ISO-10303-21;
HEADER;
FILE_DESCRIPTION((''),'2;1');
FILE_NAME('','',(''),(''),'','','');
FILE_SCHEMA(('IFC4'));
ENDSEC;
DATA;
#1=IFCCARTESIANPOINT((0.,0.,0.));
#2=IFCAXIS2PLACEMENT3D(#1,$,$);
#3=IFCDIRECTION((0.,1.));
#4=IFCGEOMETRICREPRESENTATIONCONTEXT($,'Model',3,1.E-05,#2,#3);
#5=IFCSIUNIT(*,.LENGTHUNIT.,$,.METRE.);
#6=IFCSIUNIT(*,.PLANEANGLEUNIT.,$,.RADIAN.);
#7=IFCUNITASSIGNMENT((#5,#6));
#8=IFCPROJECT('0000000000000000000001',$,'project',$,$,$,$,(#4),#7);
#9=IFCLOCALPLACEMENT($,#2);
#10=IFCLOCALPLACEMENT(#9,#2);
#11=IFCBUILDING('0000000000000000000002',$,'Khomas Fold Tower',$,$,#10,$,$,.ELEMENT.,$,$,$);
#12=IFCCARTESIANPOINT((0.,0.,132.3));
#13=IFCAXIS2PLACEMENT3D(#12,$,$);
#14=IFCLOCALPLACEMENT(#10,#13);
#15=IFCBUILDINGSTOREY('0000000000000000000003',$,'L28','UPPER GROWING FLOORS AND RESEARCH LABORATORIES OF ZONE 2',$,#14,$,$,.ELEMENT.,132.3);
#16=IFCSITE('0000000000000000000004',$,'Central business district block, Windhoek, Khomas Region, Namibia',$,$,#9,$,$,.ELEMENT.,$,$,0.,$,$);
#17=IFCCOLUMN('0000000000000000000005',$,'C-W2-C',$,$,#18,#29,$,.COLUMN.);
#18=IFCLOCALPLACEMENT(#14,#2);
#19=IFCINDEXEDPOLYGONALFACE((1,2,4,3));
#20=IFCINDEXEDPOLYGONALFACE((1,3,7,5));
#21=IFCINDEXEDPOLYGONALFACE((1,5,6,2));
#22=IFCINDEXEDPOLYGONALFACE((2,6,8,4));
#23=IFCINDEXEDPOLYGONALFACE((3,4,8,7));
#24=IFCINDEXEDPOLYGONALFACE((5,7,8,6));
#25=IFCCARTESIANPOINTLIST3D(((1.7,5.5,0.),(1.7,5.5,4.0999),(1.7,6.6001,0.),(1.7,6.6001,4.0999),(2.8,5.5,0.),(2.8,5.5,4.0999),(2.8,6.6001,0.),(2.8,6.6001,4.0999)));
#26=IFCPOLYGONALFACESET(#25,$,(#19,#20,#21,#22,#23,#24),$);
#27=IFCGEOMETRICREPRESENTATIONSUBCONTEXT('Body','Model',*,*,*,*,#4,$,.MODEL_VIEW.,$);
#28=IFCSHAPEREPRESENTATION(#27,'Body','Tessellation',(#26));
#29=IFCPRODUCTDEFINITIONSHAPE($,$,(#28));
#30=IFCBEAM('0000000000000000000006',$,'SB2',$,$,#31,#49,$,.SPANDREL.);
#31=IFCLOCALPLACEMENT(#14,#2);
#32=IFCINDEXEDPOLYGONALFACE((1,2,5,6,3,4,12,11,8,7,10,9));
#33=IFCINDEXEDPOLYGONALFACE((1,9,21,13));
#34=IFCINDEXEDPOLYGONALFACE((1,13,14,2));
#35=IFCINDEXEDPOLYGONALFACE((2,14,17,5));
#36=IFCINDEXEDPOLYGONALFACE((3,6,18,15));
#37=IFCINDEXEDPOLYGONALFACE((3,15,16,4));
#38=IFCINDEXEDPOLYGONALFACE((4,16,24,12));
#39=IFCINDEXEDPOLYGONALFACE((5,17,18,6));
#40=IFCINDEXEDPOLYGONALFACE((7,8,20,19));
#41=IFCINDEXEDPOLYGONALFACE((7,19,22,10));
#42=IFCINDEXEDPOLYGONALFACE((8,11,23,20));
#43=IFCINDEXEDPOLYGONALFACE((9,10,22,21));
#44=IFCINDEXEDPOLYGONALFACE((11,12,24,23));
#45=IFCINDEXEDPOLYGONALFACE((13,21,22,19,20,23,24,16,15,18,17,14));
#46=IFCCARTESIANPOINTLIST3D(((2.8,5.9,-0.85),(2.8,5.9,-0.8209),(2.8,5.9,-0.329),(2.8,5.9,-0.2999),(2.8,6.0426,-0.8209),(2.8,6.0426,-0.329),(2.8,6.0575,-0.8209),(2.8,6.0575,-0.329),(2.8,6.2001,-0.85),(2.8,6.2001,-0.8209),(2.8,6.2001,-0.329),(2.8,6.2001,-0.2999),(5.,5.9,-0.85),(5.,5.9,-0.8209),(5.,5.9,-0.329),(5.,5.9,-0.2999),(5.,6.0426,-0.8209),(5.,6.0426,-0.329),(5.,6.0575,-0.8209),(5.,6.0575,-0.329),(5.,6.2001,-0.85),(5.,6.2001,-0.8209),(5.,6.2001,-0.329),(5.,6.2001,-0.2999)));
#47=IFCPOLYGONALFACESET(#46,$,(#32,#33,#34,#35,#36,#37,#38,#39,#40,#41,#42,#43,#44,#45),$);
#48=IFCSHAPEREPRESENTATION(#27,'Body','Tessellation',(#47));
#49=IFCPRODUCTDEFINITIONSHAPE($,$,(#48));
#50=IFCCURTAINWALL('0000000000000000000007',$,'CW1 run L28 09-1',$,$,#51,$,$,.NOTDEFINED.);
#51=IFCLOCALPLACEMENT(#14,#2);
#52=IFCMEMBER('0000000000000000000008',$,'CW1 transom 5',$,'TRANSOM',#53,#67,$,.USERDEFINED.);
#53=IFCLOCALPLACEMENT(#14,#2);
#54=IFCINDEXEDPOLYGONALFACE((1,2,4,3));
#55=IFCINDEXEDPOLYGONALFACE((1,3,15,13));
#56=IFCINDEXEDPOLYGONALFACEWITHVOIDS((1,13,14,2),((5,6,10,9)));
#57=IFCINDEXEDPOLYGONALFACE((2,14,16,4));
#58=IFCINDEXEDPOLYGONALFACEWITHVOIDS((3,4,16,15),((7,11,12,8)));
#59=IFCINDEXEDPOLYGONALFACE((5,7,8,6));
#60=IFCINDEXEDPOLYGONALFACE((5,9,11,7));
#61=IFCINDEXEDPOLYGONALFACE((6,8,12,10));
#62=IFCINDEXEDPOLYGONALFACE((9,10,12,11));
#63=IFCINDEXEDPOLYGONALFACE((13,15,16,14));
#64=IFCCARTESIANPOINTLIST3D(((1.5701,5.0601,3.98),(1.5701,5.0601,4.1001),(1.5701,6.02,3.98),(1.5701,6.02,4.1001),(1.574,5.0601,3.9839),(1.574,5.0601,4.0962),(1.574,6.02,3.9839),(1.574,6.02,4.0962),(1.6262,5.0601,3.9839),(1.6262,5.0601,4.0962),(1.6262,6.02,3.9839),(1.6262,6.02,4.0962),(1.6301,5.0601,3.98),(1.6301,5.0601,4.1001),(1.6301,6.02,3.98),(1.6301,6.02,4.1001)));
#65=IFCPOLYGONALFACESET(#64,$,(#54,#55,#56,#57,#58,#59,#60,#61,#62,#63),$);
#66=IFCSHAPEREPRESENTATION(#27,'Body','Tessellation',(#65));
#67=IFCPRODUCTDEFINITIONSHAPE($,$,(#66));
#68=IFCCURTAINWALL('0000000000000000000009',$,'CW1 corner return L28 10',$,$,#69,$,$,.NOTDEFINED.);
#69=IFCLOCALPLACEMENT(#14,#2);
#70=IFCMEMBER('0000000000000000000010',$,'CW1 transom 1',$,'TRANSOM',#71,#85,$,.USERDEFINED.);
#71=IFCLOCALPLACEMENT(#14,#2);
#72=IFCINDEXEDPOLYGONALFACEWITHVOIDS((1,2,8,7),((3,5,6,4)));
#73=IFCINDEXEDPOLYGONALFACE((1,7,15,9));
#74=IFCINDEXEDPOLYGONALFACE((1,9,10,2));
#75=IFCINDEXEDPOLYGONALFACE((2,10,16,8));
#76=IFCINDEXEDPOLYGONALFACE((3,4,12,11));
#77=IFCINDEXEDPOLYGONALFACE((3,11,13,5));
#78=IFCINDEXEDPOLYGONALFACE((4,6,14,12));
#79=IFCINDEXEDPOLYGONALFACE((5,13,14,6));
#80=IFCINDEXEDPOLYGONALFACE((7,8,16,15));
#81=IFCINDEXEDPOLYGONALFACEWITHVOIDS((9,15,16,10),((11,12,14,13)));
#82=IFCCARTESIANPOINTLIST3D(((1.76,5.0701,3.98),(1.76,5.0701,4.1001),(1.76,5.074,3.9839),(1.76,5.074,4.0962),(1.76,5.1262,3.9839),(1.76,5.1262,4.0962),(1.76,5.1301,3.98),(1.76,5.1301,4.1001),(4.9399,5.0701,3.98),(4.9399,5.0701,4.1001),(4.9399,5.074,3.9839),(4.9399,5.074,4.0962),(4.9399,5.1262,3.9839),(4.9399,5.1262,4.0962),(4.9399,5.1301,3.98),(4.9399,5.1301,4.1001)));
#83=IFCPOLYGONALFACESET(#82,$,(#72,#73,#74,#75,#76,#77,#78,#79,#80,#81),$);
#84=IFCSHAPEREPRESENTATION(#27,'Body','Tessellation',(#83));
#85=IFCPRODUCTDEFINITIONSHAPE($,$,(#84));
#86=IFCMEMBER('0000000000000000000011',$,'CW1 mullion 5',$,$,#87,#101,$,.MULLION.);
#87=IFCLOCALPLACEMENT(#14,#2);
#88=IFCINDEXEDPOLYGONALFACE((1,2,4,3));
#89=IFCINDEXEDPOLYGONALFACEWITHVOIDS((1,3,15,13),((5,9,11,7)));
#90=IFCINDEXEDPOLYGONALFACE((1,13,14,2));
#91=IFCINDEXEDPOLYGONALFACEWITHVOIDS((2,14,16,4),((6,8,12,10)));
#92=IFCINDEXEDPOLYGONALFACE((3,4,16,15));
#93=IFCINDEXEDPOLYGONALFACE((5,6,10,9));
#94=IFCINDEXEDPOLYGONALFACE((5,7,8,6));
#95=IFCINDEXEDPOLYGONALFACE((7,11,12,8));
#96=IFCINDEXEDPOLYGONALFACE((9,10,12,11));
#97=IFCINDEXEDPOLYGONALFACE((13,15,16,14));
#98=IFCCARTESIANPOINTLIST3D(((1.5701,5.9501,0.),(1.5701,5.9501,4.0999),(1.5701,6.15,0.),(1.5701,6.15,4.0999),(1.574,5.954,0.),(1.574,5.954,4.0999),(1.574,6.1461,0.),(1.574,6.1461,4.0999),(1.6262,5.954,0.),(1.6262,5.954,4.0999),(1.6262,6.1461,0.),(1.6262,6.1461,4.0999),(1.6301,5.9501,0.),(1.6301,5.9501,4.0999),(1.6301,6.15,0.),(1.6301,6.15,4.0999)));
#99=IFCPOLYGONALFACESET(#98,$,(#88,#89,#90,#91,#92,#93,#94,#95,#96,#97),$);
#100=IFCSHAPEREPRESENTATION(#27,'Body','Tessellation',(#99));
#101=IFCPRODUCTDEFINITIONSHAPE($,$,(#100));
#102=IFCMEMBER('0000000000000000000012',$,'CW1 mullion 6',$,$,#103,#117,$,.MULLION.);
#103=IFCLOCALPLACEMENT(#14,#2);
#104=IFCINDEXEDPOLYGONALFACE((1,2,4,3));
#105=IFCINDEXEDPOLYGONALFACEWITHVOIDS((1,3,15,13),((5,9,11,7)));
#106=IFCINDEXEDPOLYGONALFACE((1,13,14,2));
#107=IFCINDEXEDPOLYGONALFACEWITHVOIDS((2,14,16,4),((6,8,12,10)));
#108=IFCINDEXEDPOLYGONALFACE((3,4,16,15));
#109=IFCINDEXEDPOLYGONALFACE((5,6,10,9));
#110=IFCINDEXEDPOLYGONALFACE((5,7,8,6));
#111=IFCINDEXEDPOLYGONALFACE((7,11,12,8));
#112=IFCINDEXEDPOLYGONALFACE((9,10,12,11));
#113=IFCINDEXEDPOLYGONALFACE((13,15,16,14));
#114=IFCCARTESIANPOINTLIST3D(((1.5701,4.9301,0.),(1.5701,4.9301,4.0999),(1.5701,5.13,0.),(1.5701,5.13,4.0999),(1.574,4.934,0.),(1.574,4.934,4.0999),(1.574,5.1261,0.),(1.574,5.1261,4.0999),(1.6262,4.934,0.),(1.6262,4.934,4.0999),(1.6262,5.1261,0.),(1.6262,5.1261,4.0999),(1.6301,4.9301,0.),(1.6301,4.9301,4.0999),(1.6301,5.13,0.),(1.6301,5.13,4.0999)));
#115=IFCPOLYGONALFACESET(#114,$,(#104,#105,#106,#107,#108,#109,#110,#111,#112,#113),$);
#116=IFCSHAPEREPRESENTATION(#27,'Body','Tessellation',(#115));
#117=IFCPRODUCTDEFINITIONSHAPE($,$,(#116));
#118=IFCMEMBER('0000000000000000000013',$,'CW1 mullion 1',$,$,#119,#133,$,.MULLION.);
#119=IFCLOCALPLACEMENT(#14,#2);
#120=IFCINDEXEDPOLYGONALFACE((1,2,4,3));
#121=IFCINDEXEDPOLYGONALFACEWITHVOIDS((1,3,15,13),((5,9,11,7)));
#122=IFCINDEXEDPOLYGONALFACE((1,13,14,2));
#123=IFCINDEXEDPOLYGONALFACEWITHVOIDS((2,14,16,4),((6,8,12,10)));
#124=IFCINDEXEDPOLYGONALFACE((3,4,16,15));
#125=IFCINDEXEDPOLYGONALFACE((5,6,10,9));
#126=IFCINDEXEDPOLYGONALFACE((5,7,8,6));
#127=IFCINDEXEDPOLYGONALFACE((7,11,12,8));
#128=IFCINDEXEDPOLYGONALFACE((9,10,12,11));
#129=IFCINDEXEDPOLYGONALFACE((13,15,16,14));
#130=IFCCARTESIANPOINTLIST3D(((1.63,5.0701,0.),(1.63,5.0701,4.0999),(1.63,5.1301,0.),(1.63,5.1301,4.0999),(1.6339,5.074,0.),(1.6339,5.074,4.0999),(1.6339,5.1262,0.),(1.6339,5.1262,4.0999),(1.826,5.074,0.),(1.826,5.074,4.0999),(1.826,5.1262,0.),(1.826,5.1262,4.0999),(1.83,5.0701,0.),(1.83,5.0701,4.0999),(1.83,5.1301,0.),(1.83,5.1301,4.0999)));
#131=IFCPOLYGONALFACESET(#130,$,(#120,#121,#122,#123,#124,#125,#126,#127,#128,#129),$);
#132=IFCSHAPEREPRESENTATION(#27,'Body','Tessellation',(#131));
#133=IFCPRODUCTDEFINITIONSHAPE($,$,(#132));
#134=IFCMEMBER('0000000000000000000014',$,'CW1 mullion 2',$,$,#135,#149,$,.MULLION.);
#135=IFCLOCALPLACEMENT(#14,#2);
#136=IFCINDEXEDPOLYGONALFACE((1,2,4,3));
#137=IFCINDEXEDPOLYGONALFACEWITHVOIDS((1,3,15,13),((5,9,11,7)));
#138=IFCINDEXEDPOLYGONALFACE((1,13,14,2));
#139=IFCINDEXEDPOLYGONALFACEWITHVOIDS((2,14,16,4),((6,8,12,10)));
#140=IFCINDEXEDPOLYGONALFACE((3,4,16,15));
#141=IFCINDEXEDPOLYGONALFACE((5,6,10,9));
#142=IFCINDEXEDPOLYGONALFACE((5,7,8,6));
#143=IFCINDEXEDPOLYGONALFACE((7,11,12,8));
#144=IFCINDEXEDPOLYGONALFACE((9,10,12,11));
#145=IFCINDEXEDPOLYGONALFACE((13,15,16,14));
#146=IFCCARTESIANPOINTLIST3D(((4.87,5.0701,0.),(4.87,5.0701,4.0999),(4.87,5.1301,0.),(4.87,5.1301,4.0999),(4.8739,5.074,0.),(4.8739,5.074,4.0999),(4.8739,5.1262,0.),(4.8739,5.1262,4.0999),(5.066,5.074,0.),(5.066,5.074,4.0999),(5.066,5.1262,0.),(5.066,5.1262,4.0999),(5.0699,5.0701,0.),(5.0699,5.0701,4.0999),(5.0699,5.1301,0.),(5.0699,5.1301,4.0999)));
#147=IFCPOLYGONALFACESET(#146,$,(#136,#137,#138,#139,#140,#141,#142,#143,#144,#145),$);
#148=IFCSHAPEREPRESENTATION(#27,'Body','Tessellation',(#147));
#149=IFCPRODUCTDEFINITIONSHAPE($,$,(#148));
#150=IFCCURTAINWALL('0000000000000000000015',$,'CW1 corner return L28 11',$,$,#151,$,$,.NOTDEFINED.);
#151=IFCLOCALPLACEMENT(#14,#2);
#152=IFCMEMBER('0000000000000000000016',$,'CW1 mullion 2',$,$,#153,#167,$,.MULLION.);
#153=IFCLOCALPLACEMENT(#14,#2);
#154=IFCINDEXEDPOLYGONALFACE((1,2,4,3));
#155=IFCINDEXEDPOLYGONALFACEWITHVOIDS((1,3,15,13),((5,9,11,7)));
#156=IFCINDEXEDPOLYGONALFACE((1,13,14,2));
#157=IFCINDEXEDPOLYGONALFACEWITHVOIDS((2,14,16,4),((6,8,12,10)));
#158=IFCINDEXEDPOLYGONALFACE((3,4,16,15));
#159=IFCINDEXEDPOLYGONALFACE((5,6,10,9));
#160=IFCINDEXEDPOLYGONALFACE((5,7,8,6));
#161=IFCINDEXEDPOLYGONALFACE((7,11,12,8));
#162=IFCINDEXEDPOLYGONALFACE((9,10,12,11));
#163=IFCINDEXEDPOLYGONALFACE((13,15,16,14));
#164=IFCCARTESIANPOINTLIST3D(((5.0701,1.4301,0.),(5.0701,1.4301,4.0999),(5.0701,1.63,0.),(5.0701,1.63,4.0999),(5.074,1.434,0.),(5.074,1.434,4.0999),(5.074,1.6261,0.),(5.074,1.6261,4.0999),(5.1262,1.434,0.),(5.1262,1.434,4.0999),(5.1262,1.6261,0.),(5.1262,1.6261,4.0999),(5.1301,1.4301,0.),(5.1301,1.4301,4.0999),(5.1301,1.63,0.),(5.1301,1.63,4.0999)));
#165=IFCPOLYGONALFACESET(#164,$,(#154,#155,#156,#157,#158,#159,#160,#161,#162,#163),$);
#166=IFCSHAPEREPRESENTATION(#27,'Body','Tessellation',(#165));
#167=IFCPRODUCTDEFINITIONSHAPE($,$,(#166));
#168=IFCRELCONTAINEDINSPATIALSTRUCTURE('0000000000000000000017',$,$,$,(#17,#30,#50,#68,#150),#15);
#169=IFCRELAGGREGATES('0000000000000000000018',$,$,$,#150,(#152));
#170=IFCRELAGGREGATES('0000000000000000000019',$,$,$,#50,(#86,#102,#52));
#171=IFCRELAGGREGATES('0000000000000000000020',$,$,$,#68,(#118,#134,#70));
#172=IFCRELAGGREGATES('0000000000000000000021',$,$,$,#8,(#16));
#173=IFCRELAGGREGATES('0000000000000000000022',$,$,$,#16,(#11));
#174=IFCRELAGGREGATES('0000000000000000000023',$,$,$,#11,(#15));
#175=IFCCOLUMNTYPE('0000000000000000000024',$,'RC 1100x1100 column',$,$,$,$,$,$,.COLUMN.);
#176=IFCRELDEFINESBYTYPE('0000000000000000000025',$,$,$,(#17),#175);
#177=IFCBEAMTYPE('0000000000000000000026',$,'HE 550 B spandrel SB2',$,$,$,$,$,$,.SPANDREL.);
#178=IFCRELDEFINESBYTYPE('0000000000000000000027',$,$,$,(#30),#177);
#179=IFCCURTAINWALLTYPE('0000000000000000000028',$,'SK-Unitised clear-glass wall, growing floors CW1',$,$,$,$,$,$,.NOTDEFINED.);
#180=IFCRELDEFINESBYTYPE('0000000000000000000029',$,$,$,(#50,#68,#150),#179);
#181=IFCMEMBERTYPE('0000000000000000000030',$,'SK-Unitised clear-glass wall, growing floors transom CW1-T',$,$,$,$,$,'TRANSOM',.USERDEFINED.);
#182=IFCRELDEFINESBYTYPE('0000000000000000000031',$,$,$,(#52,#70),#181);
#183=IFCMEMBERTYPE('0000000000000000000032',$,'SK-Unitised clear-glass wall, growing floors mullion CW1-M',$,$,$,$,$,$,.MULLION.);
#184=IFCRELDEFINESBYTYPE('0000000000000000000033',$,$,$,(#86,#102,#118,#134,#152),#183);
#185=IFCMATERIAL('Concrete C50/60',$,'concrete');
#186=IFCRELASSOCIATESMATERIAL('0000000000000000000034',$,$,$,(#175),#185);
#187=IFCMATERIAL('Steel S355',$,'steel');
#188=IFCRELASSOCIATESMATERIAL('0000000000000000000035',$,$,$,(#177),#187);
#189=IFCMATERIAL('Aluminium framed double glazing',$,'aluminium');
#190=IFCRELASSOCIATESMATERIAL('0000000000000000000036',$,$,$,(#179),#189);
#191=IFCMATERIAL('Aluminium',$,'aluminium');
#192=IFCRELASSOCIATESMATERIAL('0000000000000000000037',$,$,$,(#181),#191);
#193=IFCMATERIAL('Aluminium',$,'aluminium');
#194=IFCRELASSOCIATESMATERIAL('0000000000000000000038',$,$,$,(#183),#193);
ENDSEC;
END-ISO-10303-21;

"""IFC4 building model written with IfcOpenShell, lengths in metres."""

from ifc_helpers import new_model, si_unit, direction, frame, origin, origin_2d, place, context, subcontext, project, spatial, rectangle, hollow_rectangle, i_section, extrude, source, transform, mapped, material, material_profile, profile_set, type_object, element, aggregate, save


model = new_model("IFC4")

# Units and contexts
model_context = context("Model", 3, precision=1e-05, world=origin(), true_north=direction((0.0, 1.0)))
body_context = subcontext(model_context, "Body", "Model", "MODEL_VIEW")
ifc_project = project(units=[si_unit("LENGTHUNIT", "METRE"), si_unit("PLANEANGLEUNIT", "RADIAN")], contexts=[model_context])

# Site, building, storey
site_placement = place(None, origin())
site = spatial("IfcSite", under=ifc_project, at=site_placement, Name="Central business district block, Windhoek, Khomas Region, Namibia", CompositionType="ELEMENT", RefElevation=0.0)
building_placement = place(site_placement, origin())
building = spatial("IfcBuilding", under=site, at=building_placement, Name="Khomas Fold Tower", CompositionType="ELEMENT")
storey_placement = place(building_placement, frame((0.0, 0.0, 132.3)))
storey = spatial("IfcBuildingStorey", under=building, at=storey_placement, Name="L28", Description="UPPER GROWING FLOORS AND RESEARCH LABORATORIES OF ZONE 2", CompositionType="ELEMENT", Elevation=132.3)

# Column
ifc_material_1 = material(Name="Concrete C50/60", Category="concrete")
ifc_material_profile_1 = material_profile(ifc_material_1, rectangle(XDim=1.1001, YDim=1.1001, at=origin_2d()), Name="RC 1100x1100")
ifc_profile_set_1 = profile_set([ifc_material_profile_1], Name="Concrete C50/60")
column_type = type_object("IfcColumnType", Name="RC 1100x1100 column", PredefinedType="COLUMN", material=ifc_profile_set_1)
shared_shape_1 = source(origin(), body_context, "Body", "SweptSolid", [
    extrude(rectangle(XDim=1.1001, YDim=1.1001, at=origin_2d()), origin(), (0.0, 0.0, 1.0), 4.0999),
])
column_placement = place(storey_placement, frame((2.25, 6.05, 0.0), z_axis=(0.0, 0.0, 1.0), x_axis=(1.0, 0.0, 0.0)))
element("IfcColumn", 1, at=column_placement, inside=storey, type_object=column_type, Name="C-W2-C", PredefinedType="COLUMN", context=body_context, shape_type="MappedRepresentation", body=[
    mapped(shared_shape_1, transform((0.0, 0.0, 0.0))),
])

# Beam
ifc_material_2 = material(Name="Steel S355", Category="steel")
ifc_material_profile_2 = material_profile(ifc_material_2, i_section(OverallWidth=0.3, OverallDepth=0.55, WebThickness=0.0149, FlangeThickness=0.0291, at=origin_2d()), Name="HE 550 B")
ifc_profile_set_2 = profile_set([ifc_material_profile_2], Name="Steel S355")
beam_type = type_object("IfcBeamType", Name="HE 550 B spandrel SB2", PredefinedType="SPANDREL", material=ifc_profile_set_2)
shared_shape_2 = source(origin(), body_context, "Body", "SweptSolid", [
    extrude(i_section(OverallWidth=0.3, OverallDepth=0.55, WebThickness=0.0149, FlangeThickness=0.0291, at=origin_2d()), origin(), (0.0, 0.0, 1.0), 2.2),
])
beam_placement = place(storey_placement, frame((2.8, 6.05, -0.575), z_axis=(1.0, 0.0, 0.0), x_axis=(0.0, 1.0, 0.0)))
element("IfcBeam", 2, at=beam_placement, inside=storey, type_object=beam_type, Name="SB2", PredefinedType="SPANDREL", context=body_context, shape_type="MappedRepresentation", body=[
    mapped(shared_shape_2, transform((0.0, 0.0, 0.0))),
])

# Curtain walls, members
ifc_material_3 = material(Name="Aluminium framed double glazing", Category="aluminium")
curtain_wall_type = type_object("IfcCurtainWallType", Name="SK-Unitised clear-glass wall, growing floors CW1", PredefinedType="NOTDEFINED", material=ifc_material_3)
curtain_wall_1_placement = place(storey_placement, origin())
curtain_wall_1 = element("IfcCurtainWall", 3, at=curtain_wall_1_placement, inside=storey, type_object=curtain_wall_type, Name="CW1 run L28 09-1", PredefinedType="NOTDEFINED")
ifc_material_4 = material(Name="Aluminium", Category="aluminium")
ifc_material_profile_3 = material_profile(ifc_material_4, hollow_rectangle(XDim=0.0601, YDim=0.1201, WallThickness=0.0039, at=origin_2d()), Name="SK-Unitised clear-glass wall, growing floors transom CW1-T")
ifc_profile_set_3 = profile_set([ifc_material_profile_3], Name="Aluminium")
member_type_1 = type_object("IfcMemberType", Name="SK-Unitised clear-glass wall, growing floors transom CW1-T", ElementType="TRANSOM", PredefinedType="USERDEFINED", material=ifc_profile_set_3)
shared_shape_3 = source(origin(), body_context, "Body", "SweptSolid", [
    extrude(hollow_rectangle(XDim=0.0601, YDim=0.1201, WallThickness=0.0039, at=origin_2d()), origin(), (0.0, 0.0, 1.0), 0.96),
])
member_1_placement = place(storey_placement, frame((1.6001, 6.02, 4.04), z_axis=(0.0, -1.0, 0.0), x_axis=(1.0, 0.0, 0.0)))
member_1 = element("IfcMember", 4, at=member_1_placement, type_object=member_type_1, Name="CW1 transom 5", ObjectType="TRANSOM", PredefinedType="USERDEFINED", context=body_context, shape_type="MappedRepresentation", body=[
    mapped(shared_shape_3, transform((0.0, 0.0, 0.0))),
])
curtain_wall_2_placement = place(storey_placement, origin())
curtain_wall_2 = element("IfcCurtainWall", 5, at=curtain_wall_2_placement, inside=storey, type_object=curtain_wall_type, Name="CW1 corner return L28 10", PredefinedType="NOTDEFINED")
shared_shape_4 = source(origin(), body_context, "Body", "SweptSolid", [
    extrude(hollow_rectangle(XDim=0.0601, YDim=0.1201, WallThickness=0.0039, at=origin_2d()), origin(), (0.0, 0.0, 1.0), 3.1799),
])
member_2_placement = place(storey_placement, frame((1.76, 5.1001, 4.04), z_axis=(1.0, 0.0, 0.0), x_axis=(0.0, 1.0, 0.0)))
member_2 = element("IfcMember", 6, at=member_2_placement, type_object=member_type_1, Name="CW1 transom 1", ObjectType="TRANSOM", PredefinedType="USERDEFINED", context=body_context, shape_type="MappedRepresentation", body=[
    mapped(shared_shape_4, transform((0.0, 0.0, 0.0))),
])

# Members
ifc_material_5 = material(Name="Aluminium", Category="aluminium")
ifc_material_profile_4 = material_profile(ifc_material_5, hollow_rectangle(XDim=0.0601, YDim=0.2, WallThickness=0.0039, at=origin_2d()), Name="SK-Unitised clear-glass wall, growing floors mullion CW1-M")
ifc_profile_set_4 = profile_set([ifc_material_profile_4], Name="Aluminium")
member_type_2 = type_object("IfcMemberType", Name="SK-Unitised clear-glass wall, growing floors mullion CW1-M", PredefinedType="MULLION", material=ifc_profile_set_4)
shared_shape_5 = source(origin(), body_context, "Body", "SweptSolid", [
    extrude(hollow_rectangle(XDim=0.0601, YDim=0.2, WallThickness=0.0039, at=origin_2d()), origin(), (0.0, 0.0, 1.0), 4.0999),
])
member_3_placement = place(storey_placement, frame((1.6001, 6.05, 0.0), z_axis=(0.0, 0.0, 1.0), x_axis=(1.0, 0.0, 0.0)))
member_3 = element("IfcMember", 7, at=member_3_placement, type_object=member_type_2, Name="CW1 mullion 5", PredefinedType="MULLION", context=body_context, shape_type="MappedRepresentation", body=[
    mapped(shared_shape_5, transform((0.0, 0.0, 0.0))),
])
member_4_placement = place(storey_placement, frame((1.6001, 5.03, 0.0), z_axis=(0.0, 0.0, 1.0), x_axis=(1.0, 0.0, 0.0)))
member_4 = element("IfcMember", 8, at=member_4_placement, type_object=member_type_2, Name="CW1 mullion 6", PredefinedType="MULLION", context=body_context, shape_type="MappedRepresentation", body=[
    mapped(shared_shape_5, transform((0.0, 0.0, 0.0))),
])
member_5_placement = place(storey_placement, frame((1.73, 5.1001, 0.0), z_axis=(0.0, 0.0, 1.0), x_axis=(0.0, 1.0, 0.0)))
member_5 = element("IfcMember", 9, at=member_5_placement, type_object=member_type_2, Name="CW1 mullion 1", PredefinedType="MULLION", context=body_context, shape_type="MappedRepresentation", body=[
    mapped(shared_shape_5, transform((0.0, 0.0, 0.0))),
])
member_6_placement = place(storey_placement, frame((4.97, 5.1001, 0.0), z_axis=(0.0, 0.0, 1.0), x_axis=(0.0, 1.0, 0.0)))
member_6 = element("IfcMember", 10, at=member_6_placement, type_object=member_type_2, Name="CW1 mullion 2", PredefinedType="MULLION", context=body_context, shape_type="MappedRepresentation", body=[
    mapped(shared_shape_5, transform((0.0, 0.0, 0.0))),
])

# Curtain wall, member
curtain_wall_3_placement = place(storey_placement, origin())
curtain_wall_3 = element("IfcCurtainWall", 11, at=curtain_wall_3_placement, inside=storey, type_object=curtain_wall_type, Name="CW1 corner return L28 11", PredefinedType="NOTDEFINED")
member_7_placement = place(storey_placement, frame((5.1001, 1.53, 0.0), z_axis=(0.0, 0.0, 1.0), x_axis=(1.0, 0.0, 0.0)))
member_7 = element("IfcMember", 12, at=member_7_placement, type_object=member_type_2, Name="CW1 mullion 2", PredefinedType="MULLION", context=body_context, shape_type="MappedRepresentation", body=[
    mapped(shared_shape_5, transform((0.0, 0.0, 0.0))),
])
aggregate(curtain_wall_3, [member_7])

aggregate(curtain_wall_1, [member_3, member_4, member_1])
aggregate(curtain_wall_2, [member_5, member_6, member_2])

save(model, "model.ifc")
